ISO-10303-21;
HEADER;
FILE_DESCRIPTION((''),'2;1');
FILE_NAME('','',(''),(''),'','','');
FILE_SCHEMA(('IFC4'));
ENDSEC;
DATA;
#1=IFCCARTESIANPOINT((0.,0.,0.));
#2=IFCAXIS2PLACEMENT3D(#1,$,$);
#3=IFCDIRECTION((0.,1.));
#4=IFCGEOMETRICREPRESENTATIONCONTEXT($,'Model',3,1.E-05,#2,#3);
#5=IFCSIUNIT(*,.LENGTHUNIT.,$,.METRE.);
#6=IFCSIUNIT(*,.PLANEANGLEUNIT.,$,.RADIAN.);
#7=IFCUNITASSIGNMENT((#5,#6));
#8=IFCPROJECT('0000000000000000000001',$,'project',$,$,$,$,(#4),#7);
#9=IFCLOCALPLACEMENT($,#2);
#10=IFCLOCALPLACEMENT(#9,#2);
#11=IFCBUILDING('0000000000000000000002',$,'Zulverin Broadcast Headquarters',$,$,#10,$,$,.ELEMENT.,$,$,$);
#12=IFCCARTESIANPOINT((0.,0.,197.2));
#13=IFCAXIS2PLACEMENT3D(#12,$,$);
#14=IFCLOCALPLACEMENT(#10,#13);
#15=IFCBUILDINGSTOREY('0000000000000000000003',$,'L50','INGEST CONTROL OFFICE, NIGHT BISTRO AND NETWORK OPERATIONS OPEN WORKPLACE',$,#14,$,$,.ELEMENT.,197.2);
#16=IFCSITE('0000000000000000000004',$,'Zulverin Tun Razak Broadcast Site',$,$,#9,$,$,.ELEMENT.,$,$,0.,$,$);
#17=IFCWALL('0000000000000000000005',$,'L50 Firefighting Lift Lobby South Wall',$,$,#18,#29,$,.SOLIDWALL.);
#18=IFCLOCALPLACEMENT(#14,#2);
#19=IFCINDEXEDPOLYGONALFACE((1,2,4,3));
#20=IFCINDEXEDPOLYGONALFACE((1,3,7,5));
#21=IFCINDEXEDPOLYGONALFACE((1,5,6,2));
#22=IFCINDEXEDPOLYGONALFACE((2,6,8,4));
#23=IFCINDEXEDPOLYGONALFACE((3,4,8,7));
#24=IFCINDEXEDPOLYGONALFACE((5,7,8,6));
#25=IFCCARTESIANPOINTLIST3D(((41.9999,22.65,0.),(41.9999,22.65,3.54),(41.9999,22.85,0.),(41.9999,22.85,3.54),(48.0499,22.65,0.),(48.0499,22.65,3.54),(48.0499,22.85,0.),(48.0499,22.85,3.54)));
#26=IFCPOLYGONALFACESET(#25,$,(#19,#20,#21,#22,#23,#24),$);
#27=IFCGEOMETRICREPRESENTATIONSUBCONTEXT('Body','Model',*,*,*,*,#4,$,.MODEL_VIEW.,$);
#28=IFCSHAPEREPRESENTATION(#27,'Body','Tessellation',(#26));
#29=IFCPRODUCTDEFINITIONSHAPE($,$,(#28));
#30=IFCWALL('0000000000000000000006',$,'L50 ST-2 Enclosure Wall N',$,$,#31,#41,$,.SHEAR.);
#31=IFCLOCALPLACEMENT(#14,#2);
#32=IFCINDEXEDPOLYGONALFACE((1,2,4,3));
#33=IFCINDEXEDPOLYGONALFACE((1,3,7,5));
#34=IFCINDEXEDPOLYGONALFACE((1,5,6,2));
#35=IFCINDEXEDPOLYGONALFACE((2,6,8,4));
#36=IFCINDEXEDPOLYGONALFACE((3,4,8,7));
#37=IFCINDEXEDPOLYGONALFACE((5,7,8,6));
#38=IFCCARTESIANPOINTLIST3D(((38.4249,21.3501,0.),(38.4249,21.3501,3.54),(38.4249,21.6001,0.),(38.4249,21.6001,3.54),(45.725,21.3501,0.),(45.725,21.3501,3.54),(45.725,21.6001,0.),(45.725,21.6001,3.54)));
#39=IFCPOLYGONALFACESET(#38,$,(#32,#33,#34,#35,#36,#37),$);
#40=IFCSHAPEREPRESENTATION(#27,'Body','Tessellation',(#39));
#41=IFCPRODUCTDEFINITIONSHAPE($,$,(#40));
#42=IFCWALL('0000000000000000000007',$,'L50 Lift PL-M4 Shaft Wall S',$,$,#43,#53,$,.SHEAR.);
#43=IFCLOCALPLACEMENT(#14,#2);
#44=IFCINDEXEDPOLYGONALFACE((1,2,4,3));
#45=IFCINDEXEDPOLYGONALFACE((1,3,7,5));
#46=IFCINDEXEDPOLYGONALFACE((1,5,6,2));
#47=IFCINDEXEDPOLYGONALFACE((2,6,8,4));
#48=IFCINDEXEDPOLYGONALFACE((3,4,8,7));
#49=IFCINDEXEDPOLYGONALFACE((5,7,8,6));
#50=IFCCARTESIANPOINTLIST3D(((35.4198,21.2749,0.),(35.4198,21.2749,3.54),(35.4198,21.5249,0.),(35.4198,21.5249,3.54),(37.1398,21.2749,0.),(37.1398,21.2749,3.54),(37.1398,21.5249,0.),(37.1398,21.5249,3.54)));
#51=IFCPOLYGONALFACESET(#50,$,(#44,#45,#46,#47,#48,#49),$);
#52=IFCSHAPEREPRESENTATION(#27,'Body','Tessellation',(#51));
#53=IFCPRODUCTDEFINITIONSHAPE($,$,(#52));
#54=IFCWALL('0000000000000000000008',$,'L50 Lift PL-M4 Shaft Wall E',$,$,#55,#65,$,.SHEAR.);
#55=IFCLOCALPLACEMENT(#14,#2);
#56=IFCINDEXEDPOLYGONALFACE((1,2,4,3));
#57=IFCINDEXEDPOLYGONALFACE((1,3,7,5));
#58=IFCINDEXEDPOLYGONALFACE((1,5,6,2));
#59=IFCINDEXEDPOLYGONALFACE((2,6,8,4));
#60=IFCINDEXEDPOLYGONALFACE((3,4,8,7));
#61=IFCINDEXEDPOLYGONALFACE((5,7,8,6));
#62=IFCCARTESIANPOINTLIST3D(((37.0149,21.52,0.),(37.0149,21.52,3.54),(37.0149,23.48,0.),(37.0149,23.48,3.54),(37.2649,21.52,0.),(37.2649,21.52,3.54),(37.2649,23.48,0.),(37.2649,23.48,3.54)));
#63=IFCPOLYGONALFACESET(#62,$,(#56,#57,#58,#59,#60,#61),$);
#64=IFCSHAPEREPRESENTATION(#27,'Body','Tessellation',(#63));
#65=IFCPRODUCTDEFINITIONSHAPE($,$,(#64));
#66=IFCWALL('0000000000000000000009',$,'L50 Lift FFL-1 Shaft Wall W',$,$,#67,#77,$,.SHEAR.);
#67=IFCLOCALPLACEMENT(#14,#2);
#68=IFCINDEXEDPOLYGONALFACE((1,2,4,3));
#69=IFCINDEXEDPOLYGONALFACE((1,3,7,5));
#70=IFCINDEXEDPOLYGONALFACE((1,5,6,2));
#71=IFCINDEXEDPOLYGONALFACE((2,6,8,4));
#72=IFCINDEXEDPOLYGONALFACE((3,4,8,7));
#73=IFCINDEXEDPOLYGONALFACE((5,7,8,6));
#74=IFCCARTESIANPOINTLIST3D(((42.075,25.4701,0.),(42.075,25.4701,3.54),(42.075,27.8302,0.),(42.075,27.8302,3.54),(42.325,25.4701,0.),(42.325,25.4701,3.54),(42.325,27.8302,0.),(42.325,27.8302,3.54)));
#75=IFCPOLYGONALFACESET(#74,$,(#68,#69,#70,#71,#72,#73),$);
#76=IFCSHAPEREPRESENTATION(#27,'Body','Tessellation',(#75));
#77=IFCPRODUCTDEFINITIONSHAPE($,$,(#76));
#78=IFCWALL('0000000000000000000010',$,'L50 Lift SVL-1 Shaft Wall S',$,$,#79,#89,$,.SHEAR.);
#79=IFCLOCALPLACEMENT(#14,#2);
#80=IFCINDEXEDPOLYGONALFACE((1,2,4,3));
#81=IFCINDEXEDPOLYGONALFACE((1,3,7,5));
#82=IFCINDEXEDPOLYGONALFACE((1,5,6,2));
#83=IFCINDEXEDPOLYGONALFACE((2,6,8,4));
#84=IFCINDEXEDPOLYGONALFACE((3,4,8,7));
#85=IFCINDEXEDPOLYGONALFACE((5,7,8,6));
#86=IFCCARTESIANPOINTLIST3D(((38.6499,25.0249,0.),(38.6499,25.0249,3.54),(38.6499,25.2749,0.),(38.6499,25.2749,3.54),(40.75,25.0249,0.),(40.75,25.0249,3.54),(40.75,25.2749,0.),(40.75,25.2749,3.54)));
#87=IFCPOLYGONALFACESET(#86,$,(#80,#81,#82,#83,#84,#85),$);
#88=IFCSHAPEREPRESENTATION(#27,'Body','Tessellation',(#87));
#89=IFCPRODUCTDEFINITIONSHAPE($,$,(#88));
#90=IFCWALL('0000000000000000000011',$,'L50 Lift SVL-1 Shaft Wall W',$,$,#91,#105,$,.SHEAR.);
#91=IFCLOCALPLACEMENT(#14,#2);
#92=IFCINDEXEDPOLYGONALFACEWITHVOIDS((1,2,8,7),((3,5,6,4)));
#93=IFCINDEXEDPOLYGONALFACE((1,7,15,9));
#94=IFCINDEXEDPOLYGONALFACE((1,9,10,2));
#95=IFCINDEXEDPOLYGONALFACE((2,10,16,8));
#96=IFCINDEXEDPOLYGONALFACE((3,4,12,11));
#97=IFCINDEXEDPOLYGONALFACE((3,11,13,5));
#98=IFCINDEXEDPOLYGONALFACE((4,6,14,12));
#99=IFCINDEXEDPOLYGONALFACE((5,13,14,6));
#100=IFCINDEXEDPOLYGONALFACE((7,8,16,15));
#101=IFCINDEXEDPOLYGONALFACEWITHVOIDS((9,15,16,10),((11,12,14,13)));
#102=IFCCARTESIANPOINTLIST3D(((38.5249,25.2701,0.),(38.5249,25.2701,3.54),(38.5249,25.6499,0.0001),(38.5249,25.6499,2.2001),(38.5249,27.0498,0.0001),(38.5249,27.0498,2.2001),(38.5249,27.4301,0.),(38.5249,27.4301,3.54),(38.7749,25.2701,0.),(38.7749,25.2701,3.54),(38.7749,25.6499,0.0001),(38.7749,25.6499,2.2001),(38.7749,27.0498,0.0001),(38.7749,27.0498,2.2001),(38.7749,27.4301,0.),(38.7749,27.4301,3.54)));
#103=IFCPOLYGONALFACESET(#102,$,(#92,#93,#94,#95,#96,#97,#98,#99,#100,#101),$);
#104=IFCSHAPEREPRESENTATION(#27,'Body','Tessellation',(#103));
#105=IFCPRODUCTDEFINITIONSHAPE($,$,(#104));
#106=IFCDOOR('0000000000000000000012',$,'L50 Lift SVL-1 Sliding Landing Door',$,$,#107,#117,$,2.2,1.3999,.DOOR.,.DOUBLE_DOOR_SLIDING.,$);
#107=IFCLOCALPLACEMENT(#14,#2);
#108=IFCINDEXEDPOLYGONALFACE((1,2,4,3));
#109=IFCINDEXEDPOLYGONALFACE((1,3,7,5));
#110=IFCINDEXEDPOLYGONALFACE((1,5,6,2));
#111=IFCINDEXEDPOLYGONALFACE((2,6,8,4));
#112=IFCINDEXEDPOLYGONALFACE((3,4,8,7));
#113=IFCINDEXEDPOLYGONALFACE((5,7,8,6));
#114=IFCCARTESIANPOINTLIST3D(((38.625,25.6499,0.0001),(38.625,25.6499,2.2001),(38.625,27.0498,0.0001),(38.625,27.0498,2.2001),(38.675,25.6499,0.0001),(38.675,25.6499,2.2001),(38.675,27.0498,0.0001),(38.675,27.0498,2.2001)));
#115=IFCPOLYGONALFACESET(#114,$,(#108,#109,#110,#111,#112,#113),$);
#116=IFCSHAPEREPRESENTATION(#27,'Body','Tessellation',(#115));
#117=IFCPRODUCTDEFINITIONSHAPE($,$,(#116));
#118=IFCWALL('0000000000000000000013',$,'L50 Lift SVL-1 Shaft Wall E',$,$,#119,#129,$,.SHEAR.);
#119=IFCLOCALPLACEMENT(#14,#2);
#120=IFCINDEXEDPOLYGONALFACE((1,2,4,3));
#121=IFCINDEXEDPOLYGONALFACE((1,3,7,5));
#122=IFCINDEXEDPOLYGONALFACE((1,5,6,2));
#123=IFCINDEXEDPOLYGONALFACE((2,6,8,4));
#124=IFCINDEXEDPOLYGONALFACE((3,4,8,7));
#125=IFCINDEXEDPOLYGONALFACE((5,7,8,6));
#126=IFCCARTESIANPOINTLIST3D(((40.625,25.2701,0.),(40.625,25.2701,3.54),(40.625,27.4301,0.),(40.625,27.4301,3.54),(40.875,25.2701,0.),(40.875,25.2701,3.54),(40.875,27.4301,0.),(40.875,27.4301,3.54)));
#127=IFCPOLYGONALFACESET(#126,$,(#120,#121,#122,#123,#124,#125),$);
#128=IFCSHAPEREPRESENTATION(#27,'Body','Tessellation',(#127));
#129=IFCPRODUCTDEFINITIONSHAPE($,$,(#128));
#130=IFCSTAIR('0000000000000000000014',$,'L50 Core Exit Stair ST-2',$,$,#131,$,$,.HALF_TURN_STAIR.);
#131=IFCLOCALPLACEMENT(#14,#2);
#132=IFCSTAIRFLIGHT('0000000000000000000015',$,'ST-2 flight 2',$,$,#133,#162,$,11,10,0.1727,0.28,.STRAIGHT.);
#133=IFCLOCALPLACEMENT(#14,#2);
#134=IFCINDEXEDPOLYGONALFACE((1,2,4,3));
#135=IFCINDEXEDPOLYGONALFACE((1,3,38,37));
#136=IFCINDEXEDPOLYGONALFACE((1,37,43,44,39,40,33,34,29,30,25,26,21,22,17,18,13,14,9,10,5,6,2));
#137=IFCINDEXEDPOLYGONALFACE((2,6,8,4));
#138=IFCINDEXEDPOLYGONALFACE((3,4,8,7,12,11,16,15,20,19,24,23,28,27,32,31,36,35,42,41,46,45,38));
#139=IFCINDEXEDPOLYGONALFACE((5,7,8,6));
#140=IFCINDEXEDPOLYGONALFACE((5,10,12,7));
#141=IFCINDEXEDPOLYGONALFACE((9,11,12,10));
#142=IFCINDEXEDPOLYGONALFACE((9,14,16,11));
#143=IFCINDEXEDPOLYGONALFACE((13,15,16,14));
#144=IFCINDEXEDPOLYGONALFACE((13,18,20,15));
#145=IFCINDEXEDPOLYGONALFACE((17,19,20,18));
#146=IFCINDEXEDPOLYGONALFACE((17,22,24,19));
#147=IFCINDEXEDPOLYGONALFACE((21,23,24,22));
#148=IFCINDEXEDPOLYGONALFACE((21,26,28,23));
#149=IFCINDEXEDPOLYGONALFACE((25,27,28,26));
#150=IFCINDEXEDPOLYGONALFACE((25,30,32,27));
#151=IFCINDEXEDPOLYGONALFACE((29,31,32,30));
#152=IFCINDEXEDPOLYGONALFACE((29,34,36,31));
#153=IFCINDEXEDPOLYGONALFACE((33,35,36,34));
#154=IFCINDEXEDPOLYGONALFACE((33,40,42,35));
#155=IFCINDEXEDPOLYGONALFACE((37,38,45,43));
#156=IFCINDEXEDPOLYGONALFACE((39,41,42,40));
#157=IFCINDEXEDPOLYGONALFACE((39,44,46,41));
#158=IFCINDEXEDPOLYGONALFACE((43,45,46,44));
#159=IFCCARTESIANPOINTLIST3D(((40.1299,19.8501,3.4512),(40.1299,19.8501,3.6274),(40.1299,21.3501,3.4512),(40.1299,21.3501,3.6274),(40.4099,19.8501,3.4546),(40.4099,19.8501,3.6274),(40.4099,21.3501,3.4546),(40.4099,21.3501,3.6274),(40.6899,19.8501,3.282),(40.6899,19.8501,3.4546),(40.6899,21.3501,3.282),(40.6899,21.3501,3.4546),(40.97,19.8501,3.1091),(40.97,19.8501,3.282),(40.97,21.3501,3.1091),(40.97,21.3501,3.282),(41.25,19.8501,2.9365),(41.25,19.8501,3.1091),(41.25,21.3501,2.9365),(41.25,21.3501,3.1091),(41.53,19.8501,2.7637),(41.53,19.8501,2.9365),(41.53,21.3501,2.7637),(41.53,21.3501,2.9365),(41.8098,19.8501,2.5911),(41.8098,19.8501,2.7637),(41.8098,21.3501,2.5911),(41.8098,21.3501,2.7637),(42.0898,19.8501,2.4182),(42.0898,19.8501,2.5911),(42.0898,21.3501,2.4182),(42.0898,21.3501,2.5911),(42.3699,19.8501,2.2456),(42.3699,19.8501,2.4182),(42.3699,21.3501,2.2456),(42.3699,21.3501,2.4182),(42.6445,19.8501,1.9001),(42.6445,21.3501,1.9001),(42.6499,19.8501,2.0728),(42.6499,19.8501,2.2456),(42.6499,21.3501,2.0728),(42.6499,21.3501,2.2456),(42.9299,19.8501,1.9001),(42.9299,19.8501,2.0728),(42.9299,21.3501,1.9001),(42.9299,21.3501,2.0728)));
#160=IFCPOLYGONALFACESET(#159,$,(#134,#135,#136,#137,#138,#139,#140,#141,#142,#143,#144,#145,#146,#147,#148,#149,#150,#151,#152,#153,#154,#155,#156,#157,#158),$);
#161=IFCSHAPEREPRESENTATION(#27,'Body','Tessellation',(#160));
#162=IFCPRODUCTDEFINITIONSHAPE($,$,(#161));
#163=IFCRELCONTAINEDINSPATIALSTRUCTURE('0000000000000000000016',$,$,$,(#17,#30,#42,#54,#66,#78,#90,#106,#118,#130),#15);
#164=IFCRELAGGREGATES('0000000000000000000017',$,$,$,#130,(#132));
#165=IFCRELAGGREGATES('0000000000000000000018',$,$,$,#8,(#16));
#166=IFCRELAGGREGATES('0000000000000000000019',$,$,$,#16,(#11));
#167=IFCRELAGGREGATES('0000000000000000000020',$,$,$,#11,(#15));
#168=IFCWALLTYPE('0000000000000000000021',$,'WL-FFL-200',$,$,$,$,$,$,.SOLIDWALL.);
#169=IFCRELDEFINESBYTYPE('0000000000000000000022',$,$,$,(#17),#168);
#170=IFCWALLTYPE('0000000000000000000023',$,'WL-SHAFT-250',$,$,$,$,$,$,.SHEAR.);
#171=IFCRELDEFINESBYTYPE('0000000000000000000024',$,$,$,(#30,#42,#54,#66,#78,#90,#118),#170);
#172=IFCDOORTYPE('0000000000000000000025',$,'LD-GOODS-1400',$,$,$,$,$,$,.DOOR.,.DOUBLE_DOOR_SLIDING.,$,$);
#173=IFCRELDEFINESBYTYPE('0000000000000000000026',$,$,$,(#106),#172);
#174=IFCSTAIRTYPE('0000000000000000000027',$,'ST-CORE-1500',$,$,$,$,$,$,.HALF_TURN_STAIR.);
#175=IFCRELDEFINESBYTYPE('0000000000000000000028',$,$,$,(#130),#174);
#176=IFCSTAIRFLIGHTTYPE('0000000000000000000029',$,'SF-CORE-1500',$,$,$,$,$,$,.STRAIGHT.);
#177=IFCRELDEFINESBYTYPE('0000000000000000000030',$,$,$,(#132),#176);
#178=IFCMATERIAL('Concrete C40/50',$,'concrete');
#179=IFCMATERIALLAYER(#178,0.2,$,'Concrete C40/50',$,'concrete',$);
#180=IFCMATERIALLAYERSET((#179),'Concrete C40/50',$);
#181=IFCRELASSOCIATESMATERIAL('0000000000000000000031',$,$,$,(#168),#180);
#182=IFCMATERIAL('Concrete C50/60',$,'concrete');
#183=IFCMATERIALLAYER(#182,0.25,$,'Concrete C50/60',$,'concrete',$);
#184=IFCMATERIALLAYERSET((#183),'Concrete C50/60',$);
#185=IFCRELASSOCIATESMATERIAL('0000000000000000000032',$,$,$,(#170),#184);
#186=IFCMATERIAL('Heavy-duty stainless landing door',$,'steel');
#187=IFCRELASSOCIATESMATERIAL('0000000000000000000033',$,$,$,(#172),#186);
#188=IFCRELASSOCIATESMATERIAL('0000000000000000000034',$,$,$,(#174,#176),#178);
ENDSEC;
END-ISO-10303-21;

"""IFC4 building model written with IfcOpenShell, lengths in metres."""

from ifc_helpers import new_model, si_unit, direction, frame, frame_2d, origin, place, context, subcontext, project, spatial, polyline, rectangle, outline, extrude, material, layer, layer_set, type_object, element, fill, aggregate, save


model = new_model("IFC4")

# Units and contexts
model_context = context("Model", 3, precision=1e-05, world=origin(), true_north=direction((0.0, 1.0)))
body_context = subcontext(model_context, "Body", "Model", "MODEL_VIEW")
ifc_project = project(units=[si_unit("LENGTHUNIT", "METRE"), si_unit("PLANEANGLEUNIT", "RADIAN")], contexts=[model_context])

# Site, building, storey
site_placement = place(None, origin())
site = spatial("IfcSite", under=ifc_project, at=site_placement, Name="Zulverin Tun Razak Broadcast Site", CompositionType="ELEMENT", RefElevation=0.0)
building_placement = place(site_placement, origin())
building = spatial("IfcBuilding", under=site, at=building_placement, Name="Zulverin Broadcast Headquarters", CompositionType="ELEMENT")
storey_placement = place(building_placement, frame((0.0, 0.0, 197.2)))
storey = spatial("IfcBuildingStorey", under=building, at=storey_placement, Name="L50", Description="INGEST CONTROL OFFICE, NIGHT BISTRO AND NETWORK OPERATIONS OPEN WORKPLACE", CompositionType="ELEMENT", Elevation=197.2)

# Shared definitions
ifc_material_1 = material(Name="Concrete C40/50", Category="concrete")
ifc_layer_1 = layer(ifc_material_1, 0.2, Name="Concrete C40/50", Category="concrete")
ifc_layer_set_1 = layer_set([ifc_layer_1], Name="Concrete C40/50")
wall_type_1 = type_object("IfcWallType", Name="WL-FFL-200", PredefinedType="SOLIDWALL", material=ifc_layer_set_1)

# Walls
wall_1_placement = place(storey_placement, frame((42.0, 22.75, 0.0), z_axis=(0.0, 0.0, 1.0), x_axis=(1.0, 0.0, 0.0)))
element("IfcWall", 1, at=wall_1_placement, inside=storey, type_object=wall_type_1, Name="L50 Firefighting Lift Lobby South Wall", PredefinedType="SOLIDWALL", context=body_context, shape_type="SweptSolid", body=[
    extrude(rectangle(XDim=6.05, YDim=0.2, at=frame_2d((3.0249, 0.0))), origin(), (0.0, 0.0, 1.0), 3.54),
])
ifc_material_2 = material(Name="Concrete C50/60", Category="concrete")
ifc_layer_2 = layer(ifc_material_2, 0.25, Name="Concrete C50/60", Category="concrete")
ifc_layer_set_2 = layer_set([ifc_layer_2], Name="Concrete C50/60")
wall_type_2 = type_object("IfcWallType", Name="WL-SHAFT-250", PredefinedType="SHEAR", material=ifc_layer_set_2)
wall_2_placement = place(storey_placement, frame((38.425, 21.4751, 0.0), z_axis=(0.0, 0.0, 1.0), x_axis=(1.0, 0.0, 0.0)))
element("IfcWall", 2, at=wall_2_placement, inside=storey, type_object=wall_type_2, Name="L50 ST-2 Enclosure Wall N", PredefinedType="SHEAR", context=body_context, shape_type="SweptSolid", body=[
    extrude(rectangle(XDim=7.3, YDim=0.25, at=frame_2d((3.6499, 0.0))), origin(), (0.0, 0.0, 1.0), 3.54),
])
wall_3_placement = place(storey_placement, frame((35.4199, 21.3999, 0.0), z_axis=(0.0, 0.0, 1.0), x_axis=(1.0, 0.0, 0.0)))
element("IfcWall", 3, at=wall_3_placement, inside=storey, type_object=wall_type_2, Name="L50 Lift PL-M4 Shaft Wall S", PredefinedType="SHEAR", context=body_context, shape_type="SweptSolid", body=[
    extrude(rectangle(XDim=1.72, YDim=0.25, at=frame_2d((0.8599, 0.0))), origin(), (0.0, 0.0, 1.0), 3.54),
])

# Wall
wall_4_placement = place(storey_placement, frame((37.1399, 21.52, 0.0), z_axis=(0.0, 0.0, 1.0), x_axis=(0.0, 1.0, 0.0)))
element("IfcWall", 4, at=wall_4_placement, inside=storey, type_object=wall_type_2, Name="L50 Lift PL-M4 Shaft Wall E", PredefinedType="SHEAR", context=body_context, shape_type="SweptSolid", body=[
    extrude(rectangle(XDim=1.96, YDim=0.25, at=frame_2d((0.98, 0.0))), origin(), (0.0, 0.0, 1.0), 3.54),
])

# Wall
wall_5_placement = place(storey_placement, frame((42.2, 25.47, 0.0), z_axis=(0.0, 0.0, 1.0), x_axis=(0.0, 1.0, 0.0)))
element("IfcWall", 5, at=wall_5_placement, inside=storey, type_object=wall_type_2, Name="L50 Lift FFL-1 Shaft Wall W", PredefinedType="SHEAR", context=body_context, shape_type="SweptSolid", body=[
    extrude(rectangle(XDim=2.3601, YDim=0.25, at=frame_2d((1.1802, 0.0))), origin(), (0.0, 0.0, 1.0), 3.54),
])

# Wall
wall_6_placement = place(storey_placement, frame((38.6499, 25.1499, 0.0), z_axis=(0.0, 0.0, 1.0), x_axis=(1.0, 0.0, 0.0)))
element("IfcWall", 6, at=wall_6_placement, inside=storey, type_object=wall_type_2, Name="L50 Lift SVL-1 Shaft Wall S", PredefinedType="SHEAR", context=body_context, shape_type="SweptSolid", body=[
    extrude(rectangle(XDim=2.1001, YDim=0.25, at=frame_2d((1.05, 0.0))), origin(), (0.0, 0.0, 1.0), 3.54),
])

# Wall, opening, door
wall_7_placement = place(storey_placement, frame((38.6499, 25.27, 0.0), z_axis=(0.0, 0.0, 1.0), x_axis=(0.0, 1.0, 0.0)))
wall_7 = element("IfcWall", 7, at=wall_7_placement, inside=storey, type_object=wall_type_2, Name="L50 Lift SVL-1 Shaft Wall W", PredefinedType="SHEAR", context=body_context, shape_type="SweptSolid", body=[
    extrude(rectangle(XDim=2.1599, YDim=0.25, at=frame_2d((1.0801, 0.0))), origin(), (0.0, 0.0, 1.0), 3.54),
])
opening_1_placement = place(wall_7_placement, frame((0.3799, 0.0, 0.0)))
opening_1 = element("IfcOpeningElement", 8, at=opening_1_placement, cuts=wall_7, PredefinedType="OPENING", context=body_context, shape_type="SweptSolid", body=[
    extrude(rectangle(XDim=1.3999, YDim=2.2, at=frame_2d((0.7, 1.1001))), frame((0.0, 0.135, 0.0), z_axis=(0.0, -1.0, 0.0), x_axis=(1.0, 0.0, 0.0)), (0.0, 0.0, 1.0), 0.27),
])
ifc_material_3 = material(Name="Heavy-duty stainless landing door", Category="steel")
door_type_1 = type_object("IfcDoorType", Name="LD-GOODS-1400", OperationType="DOUBLE_DOOR_SLIDING", PredefinedType="DOOR", material=ifc_material_3)
door_1_placement = place(opening_1_placement, origin())
door_1 = element("IfcDoor", 9, at=door_1_placement, inside=storey, type_object=door_type_1, Name="L50 Lift SVL-1 Sliding Landing Door", OperationType="DOUBLE_DOOR_SLIDING", OverallHeight=2.2, OverallWidth=1.3999, PredefinedType="DOOR", context=body_context, shape_type="SweptSolid", body=[
    extrude(rectangle(XDim=1.3999, YDim=2.2, at=frame_2d((0.7, 1.1001))), frame((0.0, 0.0249, 0.0), z_axis=(0.0, -1.0, 0.0), x_axis=(1.0, 0.0, 0.0)), (0.0, 0.0, 1.0), 0.05),
])
fill(opening_1, door_1)

# Wall
wall_8_placement = place(storey_placement, frame((40.75, 25.27, 0.0), z_axis=(0.0, 0.0, 1.0), x_axis=(0.0, 1.0, 0.0)))
element("IfcWall", 10, at=wall_8_placement, inside=storey, type_object=wall_type_2, Name="L50 Lift SVL-1 Shaft Wall E", PredefinedType="SHEAR", context=body_context, shape_type="SweptSolid", body=[
    extrude(rectangle(XDim=2.1599, YDim=0.25, at=frame_2d((1.0801, 0.0))), origin(), (0.0, 0.0, 1.0), 3.54),
])

# Stair, stair flight
stair_type = type_object("IfcStairType", Name="ST-CORE-1500", PredefinedType="HALF_TURN_STAIR", material=ifc_material_1)
stair_placement = place(storey_placement, origin())
stair = element("IfcStair", 11, at=stair_placement, inside=storey, type_object=stair_type, Name="L50 Core Exit Stair ST-2", PredefinedType="HALF_TURN_STAIR")
stair_flight_type = type_object("IfcStairFlightType", Name="SF-CORE-1500", PredefinedType="STRAIGHT", material=ifc_material_1)
stair_flight_placement = place(storey_placement, frame((42.9299, 20.6001, 1.9001), z_axis=(0.0, 0.0, 1.0), x_axis=(-1.0, 0.0, 0.0)))
stair_flight = element("IfcStairFlight", 12, at=stair_flight_placement, type_object=stair_flight_type, Name="ST-2 flight 2", NumberOfRisers=11, NumberOfTreads=10, PredefinedType="STRAIGHT", RiserHeight=0.1727, TreadLength=0.28, context=body_context, shape_type="SweptSolid", body=[
    extrude(outline(polyline([(0.0, 0.0), (0.0, 0.1726), (0.28, 0.1726), (0.28, 0.3455), (0.5601, 0.3455), (0.5601, 0.5181), (0.8401, 0.5181), (0.8401, 0.6909), (1.1201, 0.6909), (1.1201, 0.8635), (1.3999, 0.8635), (1.3999, 1.0364), (1.6799, 1.0364), (1.6799, 1.209), (1.96, 1.209), (1.96, 1.3818), (2.24, 1.3818), (2.24, 1.5544), (2.52, 1.5544), (2.52, 1.7273), (2.8, 1.7273), (2.8, 1.8999), (2.8, 1.551), (0.2854, 0.0), (0.0, 0.0)])), frame((0.0, 0.75, 0.0), z_axis=(0.0, -1.0, 0.0), x_axis=(1.0, 0.0, 0.0)), (0.0, 0.0, 1.0), 1.5),
])
aggregate(stair, [stair_flight])

save(model, "model.ifc")
